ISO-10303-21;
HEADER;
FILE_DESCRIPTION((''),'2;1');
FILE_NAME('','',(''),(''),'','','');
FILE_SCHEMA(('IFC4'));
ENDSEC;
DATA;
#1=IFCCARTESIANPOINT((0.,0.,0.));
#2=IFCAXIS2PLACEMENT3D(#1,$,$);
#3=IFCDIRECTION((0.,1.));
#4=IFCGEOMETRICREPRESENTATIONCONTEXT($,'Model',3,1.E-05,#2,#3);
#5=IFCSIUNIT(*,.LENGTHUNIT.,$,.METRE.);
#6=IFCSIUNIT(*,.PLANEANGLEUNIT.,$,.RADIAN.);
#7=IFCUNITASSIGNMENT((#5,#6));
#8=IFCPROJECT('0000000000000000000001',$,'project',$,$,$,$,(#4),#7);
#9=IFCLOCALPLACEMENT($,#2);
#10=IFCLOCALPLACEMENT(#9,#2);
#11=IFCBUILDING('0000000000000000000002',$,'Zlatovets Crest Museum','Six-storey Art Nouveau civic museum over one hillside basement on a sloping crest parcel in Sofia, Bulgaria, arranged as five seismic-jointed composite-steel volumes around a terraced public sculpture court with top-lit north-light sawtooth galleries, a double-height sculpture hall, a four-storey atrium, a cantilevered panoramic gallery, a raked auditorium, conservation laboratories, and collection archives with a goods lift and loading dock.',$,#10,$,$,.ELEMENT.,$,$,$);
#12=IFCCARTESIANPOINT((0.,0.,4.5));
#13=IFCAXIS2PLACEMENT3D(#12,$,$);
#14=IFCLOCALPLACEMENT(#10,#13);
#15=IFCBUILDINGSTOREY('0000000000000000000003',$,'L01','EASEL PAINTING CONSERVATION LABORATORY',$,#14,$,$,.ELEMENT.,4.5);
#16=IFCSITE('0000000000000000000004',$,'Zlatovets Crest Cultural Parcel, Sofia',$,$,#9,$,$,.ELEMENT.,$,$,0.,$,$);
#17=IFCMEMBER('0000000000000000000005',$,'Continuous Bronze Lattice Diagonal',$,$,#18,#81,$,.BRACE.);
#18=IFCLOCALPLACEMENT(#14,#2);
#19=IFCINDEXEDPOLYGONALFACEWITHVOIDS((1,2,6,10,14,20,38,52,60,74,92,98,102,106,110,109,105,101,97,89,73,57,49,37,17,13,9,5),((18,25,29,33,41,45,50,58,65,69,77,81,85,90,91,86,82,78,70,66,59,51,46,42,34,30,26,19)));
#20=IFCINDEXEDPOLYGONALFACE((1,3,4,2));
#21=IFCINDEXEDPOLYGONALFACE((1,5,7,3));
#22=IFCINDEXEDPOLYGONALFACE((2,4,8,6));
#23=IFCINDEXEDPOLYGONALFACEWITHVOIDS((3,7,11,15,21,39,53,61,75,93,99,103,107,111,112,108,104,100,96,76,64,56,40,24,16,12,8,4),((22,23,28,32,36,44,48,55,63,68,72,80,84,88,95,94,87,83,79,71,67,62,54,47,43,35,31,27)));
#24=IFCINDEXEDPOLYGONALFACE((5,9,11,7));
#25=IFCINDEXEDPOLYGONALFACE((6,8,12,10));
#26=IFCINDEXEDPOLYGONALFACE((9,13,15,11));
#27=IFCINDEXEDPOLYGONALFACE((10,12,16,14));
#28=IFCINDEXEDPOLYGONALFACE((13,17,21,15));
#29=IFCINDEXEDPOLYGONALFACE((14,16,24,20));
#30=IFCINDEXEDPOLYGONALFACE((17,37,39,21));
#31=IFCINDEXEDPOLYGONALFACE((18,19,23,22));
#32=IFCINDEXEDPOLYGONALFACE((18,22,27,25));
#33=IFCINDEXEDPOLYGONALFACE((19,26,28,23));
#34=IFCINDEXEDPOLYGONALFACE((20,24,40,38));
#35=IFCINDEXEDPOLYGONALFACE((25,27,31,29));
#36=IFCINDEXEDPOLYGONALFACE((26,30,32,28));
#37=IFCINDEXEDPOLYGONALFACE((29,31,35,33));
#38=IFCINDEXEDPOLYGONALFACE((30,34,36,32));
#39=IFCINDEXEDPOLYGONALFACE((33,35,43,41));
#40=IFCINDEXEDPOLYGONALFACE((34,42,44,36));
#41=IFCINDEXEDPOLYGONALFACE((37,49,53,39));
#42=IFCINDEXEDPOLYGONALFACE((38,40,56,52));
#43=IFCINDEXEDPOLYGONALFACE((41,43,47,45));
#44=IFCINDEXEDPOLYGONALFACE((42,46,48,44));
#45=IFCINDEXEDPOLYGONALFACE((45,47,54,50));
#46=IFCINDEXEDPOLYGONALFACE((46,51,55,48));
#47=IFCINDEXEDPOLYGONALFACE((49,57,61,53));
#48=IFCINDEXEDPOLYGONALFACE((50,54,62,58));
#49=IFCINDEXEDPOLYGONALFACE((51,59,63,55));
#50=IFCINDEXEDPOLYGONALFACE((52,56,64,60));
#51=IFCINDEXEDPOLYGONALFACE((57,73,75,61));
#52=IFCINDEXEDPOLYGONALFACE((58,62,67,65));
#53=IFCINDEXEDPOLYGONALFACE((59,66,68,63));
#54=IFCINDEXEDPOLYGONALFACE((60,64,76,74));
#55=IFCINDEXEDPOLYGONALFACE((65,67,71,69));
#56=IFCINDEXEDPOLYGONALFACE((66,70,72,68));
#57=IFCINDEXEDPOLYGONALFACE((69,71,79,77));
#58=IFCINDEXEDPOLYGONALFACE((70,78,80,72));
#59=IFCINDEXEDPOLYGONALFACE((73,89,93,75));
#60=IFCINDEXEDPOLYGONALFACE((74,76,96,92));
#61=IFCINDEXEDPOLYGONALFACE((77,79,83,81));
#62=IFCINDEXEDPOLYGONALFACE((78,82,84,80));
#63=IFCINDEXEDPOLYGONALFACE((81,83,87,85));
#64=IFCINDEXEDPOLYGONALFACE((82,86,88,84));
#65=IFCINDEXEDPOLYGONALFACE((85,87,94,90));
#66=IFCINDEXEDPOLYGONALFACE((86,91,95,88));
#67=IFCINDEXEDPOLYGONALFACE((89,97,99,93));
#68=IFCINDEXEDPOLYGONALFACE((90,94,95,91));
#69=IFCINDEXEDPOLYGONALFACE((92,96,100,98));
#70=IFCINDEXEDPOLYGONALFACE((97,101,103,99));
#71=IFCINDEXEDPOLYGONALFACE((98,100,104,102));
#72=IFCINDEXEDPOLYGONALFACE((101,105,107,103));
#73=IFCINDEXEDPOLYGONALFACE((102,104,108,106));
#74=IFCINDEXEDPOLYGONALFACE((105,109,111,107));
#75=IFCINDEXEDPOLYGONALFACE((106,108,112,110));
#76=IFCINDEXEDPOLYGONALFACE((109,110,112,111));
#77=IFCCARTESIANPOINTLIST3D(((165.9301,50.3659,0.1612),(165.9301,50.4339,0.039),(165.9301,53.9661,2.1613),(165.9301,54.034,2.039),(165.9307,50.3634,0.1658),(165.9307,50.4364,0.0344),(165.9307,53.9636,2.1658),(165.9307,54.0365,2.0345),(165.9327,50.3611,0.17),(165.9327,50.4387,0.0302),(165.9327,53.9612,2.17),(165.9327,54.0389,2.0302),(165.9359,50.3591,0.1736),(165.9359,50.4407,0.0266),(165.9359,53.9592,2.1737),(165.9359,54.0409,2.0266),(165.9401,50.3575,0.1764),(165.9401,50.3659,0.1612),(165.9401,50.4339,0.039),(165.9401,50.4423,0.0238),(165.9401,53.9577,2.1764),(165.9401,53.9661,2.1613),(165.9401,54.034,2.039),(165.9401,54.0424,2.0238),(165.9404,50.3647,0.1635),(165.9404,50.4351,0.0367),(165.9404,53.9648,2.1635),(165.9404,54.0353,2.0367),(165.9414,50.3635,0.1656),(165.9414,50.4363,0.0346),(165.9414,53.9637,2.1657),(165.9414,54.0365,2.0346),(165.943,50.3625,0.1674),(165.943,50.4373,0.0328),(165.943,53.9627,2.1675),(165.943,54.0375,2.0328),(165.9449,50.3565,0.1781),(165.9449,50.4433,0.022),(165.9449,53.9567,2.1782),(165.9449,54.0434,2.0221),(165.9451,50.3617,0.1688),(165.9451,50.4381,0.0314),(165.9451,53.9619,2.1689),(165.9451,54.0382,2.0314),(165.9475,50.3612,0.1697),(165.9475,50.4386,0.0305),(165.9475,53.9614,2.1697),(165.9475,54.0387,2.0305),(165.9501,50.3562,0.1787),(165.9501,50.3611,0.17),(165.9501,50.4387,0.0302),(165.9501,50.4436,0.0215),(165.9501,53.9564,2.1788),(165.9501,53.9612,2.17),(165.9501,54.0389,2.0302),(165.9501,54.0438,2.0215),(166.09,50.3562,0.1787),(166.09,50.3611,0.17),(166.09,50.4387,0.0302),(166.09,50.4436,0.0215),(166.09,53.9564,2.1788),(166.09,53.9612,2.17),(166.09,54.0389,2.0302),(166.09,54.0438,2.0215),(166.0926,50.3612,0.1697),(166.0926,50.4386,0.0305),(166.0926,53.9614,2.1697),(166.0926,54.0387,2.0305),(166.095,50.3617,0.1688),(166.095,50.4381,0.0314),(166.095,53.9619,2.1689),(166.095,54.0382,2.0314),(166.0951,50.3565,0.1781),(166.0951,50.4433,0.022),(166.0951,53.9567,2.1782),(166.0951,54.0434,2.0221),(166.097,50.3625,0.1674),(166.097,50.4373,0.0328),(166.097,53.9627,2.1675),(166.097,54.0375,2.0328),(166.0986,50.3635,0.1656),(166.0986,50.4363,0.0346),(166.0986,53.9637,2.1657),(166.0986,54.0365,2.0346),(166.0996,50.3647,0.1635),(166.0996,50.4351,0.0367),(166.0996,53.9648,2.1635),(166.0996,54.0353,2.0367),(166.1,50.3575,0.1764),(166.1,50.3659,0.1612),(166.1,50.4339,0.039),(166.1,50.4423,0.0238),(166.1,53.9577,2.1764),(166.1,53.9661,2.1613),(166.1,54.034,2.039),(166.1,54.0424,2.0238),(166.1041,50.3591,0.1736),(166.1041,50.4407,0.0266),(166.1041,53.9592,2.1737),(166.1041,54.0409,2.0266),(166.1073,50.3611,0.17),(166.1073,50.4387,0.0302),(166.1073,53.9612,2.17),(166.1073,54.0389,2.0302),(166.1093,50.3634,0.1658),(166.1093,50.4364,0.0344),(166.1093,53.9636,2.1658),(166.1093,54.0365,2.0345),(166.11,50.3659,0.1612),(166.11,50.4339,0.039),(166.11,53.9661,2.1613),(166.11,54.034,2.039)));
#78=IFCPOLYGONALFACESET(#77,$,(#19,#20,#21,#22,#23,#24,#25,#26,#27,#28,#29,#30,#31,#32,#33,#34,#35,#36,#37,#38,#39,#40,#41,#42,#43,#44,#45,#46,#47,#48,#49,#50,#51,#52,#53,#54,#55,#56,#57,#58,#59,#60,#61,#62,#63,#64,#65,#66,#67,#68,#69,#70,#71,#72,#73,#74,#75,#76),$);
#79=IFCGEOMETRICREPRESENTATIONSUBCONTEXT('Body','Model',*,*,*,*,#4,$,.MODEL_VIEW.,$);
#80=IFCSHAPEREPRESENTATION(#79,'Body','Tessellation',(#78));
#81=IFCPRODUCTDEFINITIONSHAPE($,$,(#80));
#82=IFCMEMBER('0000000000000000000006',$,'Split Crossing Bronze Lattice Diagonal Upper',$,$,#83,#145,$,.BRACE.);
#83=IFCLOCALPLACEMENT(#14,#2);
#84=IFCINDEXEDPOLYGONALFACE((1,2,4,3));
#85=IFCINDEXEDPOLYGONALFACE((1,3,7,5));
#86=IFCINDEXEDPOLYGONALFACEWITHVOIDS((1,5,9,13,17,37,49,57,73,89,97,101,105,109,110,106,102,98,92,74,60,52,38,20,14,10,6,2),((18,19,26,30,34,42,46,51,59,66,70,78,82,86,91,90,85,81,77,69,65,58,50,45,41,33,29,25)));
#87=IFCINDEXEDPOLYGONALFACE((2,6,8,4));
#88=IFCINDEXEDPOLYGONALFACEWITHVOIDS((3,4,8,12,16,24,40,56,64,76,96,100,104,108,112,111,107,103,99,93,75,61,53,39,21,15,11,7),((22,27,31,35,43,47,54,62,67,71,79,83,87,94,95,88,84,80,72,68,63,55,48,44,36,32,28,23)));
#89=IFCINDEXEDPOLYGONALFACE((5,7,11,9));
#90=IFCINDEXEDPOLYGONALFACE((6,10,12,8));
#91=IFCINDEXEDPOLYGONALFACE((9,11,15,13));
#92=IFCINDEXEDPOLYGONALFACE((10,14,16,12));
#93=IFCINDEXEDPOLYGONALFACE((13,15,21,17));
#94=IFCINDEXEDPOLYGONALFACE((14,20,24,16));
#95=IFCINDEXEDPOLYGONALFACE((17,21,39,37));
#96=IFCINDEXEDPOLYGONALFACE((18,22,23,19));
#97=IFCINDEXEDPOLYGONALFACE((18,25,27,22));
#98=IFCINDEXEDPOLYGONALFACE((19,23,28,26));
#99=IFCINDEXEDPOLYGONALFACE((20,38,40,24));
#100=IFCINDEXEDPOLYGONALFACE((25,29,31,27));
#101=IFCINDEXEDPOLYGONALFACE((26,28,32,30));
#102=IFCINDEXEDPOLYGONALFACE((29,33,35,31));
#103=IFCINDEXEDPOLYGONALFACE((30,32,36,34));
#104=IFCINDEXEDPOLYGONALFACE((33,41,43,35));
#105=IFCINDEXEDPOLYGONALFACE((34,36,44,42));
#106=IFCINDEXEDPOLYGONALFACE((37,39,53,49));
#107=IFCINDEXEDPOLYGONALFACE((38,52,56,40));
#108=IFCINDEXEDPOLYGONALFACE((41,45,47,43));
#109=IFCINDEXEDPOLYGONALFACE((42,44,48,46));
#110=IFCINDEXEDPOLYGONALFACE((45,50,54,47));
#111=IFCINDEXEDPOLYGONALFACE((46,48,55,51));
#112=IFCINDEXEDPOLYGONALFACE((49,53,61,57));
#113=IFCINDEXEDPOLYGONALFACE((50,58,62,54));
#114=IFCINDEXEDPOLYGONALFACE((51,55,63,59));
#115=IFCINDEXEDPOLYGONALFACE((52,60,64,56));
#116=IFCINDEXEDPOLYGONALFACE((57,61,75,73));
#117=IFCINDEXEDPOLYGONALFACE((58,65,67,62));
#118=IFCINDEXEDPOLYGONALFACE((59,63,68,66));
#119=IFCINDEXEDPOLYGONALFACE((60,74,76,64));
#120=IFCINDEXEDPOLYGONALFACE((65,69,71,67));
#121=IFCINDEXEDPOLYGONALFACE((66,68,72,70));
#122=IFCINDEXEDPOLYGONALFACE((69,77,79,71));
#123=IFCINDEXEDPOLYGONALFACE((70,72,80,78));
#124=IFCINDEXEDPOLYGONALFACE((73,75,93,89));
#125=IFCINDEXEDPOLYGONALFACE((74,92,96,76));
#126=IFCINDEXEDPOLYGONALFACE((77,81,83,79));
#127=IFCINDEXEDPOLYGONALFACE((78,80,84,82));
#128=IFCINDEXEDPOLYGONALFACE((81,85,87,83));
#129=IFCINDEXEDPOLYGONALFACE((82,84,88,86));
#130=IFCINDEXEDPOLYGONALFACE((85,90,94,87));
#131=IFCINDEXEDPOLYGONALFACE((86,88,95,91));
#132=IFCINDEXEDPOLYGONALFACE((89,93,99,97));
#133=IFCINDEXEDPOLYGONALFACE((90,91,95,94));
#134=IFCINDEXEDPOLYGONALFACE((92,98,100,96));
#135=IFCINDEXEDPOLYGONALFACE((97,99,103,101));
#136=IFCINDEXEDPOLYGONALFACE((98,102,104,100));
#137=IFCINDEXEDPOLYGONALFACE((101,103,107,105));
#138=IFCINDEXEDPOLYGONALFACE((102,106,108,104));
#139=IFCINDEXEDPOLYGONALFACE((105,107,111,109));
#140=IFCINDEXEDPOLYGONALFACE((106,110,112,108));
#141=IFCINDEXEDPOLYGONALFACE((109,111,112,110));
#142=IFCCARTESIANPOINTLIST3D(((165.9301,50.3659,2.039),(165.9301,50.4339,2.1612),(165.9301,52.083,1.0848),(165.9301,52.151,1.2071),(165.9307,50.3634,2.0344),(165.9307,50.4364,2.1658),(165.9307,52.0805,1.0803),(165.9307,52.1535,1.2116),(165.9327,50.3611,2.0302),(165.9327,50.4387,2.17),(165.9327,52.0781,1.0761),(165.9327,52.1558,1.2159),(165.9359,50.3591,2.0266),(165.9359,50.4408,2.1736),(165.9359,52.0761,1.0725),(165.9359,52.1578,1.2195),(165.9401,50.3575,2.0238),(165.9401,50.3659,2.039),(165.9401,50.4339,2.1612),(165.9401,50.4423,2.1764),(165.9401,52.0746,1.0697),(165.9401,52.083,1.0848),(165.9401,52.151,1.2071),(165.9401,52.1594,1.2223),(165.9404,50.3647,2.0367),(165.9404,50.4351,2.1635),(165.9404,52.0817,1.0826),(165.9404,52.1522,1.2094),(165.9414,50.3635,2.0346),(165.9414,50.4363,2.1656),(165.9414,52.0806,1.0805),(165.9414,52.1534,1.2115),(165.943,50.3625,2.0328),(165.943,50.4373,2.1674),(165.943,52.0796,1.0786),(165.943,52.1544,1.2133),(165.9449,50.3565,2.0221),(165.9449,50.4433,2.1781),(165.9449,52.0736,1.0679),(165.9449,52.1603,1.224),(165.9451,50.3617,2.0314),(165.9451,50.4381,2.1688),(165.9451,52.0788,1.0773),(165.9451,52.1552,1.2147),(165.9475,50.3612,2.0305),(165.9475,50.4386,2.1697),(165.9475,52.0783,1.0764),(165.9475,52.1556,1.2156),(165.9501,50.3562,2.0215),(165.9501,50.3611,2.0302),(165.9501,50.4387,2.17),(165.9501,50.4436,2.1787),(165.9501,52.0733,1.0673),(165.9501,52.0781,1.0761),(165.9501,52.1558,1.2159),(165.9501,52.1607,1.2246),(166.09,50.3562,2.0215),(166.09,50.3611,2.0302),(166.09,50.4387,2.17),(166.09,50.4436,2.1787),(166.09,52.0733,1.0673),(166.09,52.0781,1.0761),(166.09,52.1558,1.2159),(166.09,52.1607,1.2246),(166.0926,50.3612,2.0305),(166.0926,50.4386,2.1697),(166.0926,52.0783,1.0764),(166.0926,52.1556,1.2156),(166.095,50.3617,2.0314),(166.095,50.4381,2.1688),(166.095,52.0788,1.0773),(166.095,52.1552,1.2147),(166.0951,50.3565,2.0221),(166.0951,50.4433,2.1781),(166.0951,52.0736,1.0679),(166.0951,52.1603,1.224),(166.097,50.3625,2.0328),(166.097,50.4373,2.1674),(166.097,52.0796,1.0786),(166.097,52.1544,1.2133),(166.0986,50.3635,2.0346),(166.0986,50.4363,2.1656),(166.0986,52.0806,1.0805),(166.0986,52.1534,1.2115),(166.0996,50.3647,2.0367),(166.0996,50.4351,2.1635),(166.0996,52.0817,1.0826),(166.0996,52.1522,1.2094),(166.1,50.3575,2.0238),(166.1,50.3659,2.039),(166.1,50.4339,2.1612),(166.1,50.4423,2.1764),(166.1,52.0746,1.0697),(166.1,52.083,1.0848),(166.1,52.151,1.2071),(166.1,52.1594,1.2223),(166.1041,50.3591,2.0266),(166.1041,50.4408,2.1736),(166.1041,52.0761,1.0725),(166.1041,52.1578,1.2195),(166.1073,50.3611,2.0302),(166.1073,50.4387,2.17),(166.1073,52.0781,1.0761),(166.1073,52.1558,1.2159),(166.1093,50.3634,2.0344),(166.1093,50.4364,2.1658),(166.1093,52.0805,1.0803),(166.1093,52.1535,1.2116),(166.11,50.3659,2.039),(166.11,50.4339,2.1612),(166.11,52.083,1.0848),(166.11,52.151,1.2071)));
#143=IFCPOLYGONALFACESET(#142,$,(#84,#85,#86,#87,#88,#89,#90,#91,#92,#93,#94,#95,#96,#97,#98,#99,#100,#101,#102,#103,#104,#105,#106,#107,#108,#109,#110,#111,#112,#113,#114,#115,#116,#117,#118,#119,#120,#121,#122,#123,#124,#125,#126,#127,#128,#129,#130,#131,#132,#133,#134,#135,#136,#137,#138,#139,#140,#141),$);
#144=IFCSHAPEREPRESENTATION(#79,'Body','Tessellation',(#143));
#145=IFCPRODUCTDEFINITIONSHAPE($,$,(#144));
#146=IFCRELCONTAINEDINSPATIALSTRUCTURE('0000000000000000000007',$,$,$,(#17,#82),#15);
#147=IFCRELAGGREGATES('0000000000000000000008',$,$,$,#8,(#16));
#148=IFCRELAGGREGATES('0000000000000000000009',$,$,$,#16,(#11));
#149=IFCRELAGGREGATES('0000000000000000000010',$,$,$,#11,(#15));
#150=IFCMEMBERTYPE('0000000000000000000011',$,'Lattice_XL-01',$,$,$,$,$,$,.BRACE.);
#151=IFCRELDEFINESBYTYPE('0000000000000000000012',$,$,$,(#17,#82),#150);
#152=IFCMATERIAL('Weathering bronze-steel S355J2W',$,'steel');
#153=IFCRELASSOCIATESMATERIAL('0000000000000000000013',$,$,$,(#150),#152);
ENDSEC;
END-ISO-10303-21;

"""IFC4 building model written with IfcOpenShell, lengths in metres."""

from ifc_helpers import new_model, si_unit, direction, frame, origin, origin_2d, place, context, subcontext, project, spatial, hollow_rectangle, extrude, material, material_profile, profile_set, type_object, element, save


model = new_model("IFC4")

# Units and contexts
model_context = context("Model", 3, precision=1e-05, world=origin(), true_north=direction((0.0, 1.0)))
body_context = subcontext(model_context, "Body", "Model", "MODEL_VIEW")
ifc_project = project(units=[si_unit("LENGTHUNIT", "METRE"), si_unit("PLANEANGLEUNIT", "RADIAN")], contexts=[model_context])

# Site, building, storey
site_placement = place(None, origin())
site = spatial("IfcSite", under=ifc_project, at=site_placement, Name="Zlatovets Crest Cultural Parcel, Sofia", CompositionType="ELEMENT", RefElevation=0.0)
building_placement = place(site_placement, origin())
building = spatial("IfcBuilding", under=site, at=building_placement, Name="Zlatovets Crest Museum", Description="Six-storey Art Nouveau civic museum over one hillside basement on a sloping crest parcel in Sofia, Bulgaria, arranged as five seismic-jointed composite-steel volumes around a terraced public sculpture court with top-lit north-light sawtooth galleries, a double-height sculpture hall, a four-storey atrium, a cantilevered panoramic gallery, a raked auditorium, conservation laboratories, and collection archives with a goods lift and loading dock.", CompositionType="ELEMENT")
storey_placement = place(building_placement, frame((0.0, 0.0, 4.5)))
storey = spatial("IfcBuildingStorey", under=building, at=storey_placement, Name="L01", Description="EASEL PAINTING CONSERVATION LABORATORY", CompositionType="ELEMENT", Elevation=4.5)

# Members
ifc_material_1 = material(Name="Weathering bronze-steel S355J2W", Category="steel")
ifc_material_profile_1 = material_profile(ifc_material_1, hollow_rectangle(XDim=0.1799, YDim=0.1799, WallThickness=0.01, InnerFilletRadius=0.01, OuterFilletRadius=0.02, at=origin_2d()), Name="SHS 180x180x10.0")
ifc_profile_set_1 = profile_set([ifc_material_profile_1], Name="Weathering bronze-steel S355J2W")
member_type_1 = type_object("IfcMemberType", Name="Lattice_XL-01", PredefinedType="BRACE", material=ifc_profile_set_1)
member_1_placement = place(storey_placement, frame((166.02, 50.3999, 0.1001), z_axis=(0.0, 0.874163, 0.485633), x_axis=(-1.0, 0.0, 0.0)))
element("IfcMember", 1, at=member_1_placement, inside=storey, type_object=member_type_1, Name="Continuous Bronze Lattice Diagonal", PredefinedType="BRACE", context=body_context, shape_type="SweptSolid", body=[
    extrude(hollow_rectangle(XDim=0.1799, YDim=0.1799, WallThickness=0.01, InnerFilletRadius=0.01, OuterFilletRadius=0.02, at=origin_2d()), origin(), (0.0, 0.0, 1.0), 4.1184),
])
member_2_placement = place(storey_placement, frame((166.02, 50.3999, 2.1001), z_axis=(0.0, 0.874116, -0.485717), x_axis=(-1.0, 0.0, 0.0)))
element("IfcMember", 2, at=member_2_placement, inside=storey, type_object=member_type_1, Name="Split Crossing Bronze Lattice Diagonal Upper", PredefinedType="BRACE", context=body_context, shape_type="SweptSolid", body=[
    extrude(hollow_rectangle(XDim=0.1799, YDim=0.1799, WallThickness=0.01, InnerFilletRadius=0.01, OuterFilletRadius=0.02, at=origin_2d()), origin(), (0.0, 0.0, 1.0), 1.9644),
])

save(model, "model.ifc")
